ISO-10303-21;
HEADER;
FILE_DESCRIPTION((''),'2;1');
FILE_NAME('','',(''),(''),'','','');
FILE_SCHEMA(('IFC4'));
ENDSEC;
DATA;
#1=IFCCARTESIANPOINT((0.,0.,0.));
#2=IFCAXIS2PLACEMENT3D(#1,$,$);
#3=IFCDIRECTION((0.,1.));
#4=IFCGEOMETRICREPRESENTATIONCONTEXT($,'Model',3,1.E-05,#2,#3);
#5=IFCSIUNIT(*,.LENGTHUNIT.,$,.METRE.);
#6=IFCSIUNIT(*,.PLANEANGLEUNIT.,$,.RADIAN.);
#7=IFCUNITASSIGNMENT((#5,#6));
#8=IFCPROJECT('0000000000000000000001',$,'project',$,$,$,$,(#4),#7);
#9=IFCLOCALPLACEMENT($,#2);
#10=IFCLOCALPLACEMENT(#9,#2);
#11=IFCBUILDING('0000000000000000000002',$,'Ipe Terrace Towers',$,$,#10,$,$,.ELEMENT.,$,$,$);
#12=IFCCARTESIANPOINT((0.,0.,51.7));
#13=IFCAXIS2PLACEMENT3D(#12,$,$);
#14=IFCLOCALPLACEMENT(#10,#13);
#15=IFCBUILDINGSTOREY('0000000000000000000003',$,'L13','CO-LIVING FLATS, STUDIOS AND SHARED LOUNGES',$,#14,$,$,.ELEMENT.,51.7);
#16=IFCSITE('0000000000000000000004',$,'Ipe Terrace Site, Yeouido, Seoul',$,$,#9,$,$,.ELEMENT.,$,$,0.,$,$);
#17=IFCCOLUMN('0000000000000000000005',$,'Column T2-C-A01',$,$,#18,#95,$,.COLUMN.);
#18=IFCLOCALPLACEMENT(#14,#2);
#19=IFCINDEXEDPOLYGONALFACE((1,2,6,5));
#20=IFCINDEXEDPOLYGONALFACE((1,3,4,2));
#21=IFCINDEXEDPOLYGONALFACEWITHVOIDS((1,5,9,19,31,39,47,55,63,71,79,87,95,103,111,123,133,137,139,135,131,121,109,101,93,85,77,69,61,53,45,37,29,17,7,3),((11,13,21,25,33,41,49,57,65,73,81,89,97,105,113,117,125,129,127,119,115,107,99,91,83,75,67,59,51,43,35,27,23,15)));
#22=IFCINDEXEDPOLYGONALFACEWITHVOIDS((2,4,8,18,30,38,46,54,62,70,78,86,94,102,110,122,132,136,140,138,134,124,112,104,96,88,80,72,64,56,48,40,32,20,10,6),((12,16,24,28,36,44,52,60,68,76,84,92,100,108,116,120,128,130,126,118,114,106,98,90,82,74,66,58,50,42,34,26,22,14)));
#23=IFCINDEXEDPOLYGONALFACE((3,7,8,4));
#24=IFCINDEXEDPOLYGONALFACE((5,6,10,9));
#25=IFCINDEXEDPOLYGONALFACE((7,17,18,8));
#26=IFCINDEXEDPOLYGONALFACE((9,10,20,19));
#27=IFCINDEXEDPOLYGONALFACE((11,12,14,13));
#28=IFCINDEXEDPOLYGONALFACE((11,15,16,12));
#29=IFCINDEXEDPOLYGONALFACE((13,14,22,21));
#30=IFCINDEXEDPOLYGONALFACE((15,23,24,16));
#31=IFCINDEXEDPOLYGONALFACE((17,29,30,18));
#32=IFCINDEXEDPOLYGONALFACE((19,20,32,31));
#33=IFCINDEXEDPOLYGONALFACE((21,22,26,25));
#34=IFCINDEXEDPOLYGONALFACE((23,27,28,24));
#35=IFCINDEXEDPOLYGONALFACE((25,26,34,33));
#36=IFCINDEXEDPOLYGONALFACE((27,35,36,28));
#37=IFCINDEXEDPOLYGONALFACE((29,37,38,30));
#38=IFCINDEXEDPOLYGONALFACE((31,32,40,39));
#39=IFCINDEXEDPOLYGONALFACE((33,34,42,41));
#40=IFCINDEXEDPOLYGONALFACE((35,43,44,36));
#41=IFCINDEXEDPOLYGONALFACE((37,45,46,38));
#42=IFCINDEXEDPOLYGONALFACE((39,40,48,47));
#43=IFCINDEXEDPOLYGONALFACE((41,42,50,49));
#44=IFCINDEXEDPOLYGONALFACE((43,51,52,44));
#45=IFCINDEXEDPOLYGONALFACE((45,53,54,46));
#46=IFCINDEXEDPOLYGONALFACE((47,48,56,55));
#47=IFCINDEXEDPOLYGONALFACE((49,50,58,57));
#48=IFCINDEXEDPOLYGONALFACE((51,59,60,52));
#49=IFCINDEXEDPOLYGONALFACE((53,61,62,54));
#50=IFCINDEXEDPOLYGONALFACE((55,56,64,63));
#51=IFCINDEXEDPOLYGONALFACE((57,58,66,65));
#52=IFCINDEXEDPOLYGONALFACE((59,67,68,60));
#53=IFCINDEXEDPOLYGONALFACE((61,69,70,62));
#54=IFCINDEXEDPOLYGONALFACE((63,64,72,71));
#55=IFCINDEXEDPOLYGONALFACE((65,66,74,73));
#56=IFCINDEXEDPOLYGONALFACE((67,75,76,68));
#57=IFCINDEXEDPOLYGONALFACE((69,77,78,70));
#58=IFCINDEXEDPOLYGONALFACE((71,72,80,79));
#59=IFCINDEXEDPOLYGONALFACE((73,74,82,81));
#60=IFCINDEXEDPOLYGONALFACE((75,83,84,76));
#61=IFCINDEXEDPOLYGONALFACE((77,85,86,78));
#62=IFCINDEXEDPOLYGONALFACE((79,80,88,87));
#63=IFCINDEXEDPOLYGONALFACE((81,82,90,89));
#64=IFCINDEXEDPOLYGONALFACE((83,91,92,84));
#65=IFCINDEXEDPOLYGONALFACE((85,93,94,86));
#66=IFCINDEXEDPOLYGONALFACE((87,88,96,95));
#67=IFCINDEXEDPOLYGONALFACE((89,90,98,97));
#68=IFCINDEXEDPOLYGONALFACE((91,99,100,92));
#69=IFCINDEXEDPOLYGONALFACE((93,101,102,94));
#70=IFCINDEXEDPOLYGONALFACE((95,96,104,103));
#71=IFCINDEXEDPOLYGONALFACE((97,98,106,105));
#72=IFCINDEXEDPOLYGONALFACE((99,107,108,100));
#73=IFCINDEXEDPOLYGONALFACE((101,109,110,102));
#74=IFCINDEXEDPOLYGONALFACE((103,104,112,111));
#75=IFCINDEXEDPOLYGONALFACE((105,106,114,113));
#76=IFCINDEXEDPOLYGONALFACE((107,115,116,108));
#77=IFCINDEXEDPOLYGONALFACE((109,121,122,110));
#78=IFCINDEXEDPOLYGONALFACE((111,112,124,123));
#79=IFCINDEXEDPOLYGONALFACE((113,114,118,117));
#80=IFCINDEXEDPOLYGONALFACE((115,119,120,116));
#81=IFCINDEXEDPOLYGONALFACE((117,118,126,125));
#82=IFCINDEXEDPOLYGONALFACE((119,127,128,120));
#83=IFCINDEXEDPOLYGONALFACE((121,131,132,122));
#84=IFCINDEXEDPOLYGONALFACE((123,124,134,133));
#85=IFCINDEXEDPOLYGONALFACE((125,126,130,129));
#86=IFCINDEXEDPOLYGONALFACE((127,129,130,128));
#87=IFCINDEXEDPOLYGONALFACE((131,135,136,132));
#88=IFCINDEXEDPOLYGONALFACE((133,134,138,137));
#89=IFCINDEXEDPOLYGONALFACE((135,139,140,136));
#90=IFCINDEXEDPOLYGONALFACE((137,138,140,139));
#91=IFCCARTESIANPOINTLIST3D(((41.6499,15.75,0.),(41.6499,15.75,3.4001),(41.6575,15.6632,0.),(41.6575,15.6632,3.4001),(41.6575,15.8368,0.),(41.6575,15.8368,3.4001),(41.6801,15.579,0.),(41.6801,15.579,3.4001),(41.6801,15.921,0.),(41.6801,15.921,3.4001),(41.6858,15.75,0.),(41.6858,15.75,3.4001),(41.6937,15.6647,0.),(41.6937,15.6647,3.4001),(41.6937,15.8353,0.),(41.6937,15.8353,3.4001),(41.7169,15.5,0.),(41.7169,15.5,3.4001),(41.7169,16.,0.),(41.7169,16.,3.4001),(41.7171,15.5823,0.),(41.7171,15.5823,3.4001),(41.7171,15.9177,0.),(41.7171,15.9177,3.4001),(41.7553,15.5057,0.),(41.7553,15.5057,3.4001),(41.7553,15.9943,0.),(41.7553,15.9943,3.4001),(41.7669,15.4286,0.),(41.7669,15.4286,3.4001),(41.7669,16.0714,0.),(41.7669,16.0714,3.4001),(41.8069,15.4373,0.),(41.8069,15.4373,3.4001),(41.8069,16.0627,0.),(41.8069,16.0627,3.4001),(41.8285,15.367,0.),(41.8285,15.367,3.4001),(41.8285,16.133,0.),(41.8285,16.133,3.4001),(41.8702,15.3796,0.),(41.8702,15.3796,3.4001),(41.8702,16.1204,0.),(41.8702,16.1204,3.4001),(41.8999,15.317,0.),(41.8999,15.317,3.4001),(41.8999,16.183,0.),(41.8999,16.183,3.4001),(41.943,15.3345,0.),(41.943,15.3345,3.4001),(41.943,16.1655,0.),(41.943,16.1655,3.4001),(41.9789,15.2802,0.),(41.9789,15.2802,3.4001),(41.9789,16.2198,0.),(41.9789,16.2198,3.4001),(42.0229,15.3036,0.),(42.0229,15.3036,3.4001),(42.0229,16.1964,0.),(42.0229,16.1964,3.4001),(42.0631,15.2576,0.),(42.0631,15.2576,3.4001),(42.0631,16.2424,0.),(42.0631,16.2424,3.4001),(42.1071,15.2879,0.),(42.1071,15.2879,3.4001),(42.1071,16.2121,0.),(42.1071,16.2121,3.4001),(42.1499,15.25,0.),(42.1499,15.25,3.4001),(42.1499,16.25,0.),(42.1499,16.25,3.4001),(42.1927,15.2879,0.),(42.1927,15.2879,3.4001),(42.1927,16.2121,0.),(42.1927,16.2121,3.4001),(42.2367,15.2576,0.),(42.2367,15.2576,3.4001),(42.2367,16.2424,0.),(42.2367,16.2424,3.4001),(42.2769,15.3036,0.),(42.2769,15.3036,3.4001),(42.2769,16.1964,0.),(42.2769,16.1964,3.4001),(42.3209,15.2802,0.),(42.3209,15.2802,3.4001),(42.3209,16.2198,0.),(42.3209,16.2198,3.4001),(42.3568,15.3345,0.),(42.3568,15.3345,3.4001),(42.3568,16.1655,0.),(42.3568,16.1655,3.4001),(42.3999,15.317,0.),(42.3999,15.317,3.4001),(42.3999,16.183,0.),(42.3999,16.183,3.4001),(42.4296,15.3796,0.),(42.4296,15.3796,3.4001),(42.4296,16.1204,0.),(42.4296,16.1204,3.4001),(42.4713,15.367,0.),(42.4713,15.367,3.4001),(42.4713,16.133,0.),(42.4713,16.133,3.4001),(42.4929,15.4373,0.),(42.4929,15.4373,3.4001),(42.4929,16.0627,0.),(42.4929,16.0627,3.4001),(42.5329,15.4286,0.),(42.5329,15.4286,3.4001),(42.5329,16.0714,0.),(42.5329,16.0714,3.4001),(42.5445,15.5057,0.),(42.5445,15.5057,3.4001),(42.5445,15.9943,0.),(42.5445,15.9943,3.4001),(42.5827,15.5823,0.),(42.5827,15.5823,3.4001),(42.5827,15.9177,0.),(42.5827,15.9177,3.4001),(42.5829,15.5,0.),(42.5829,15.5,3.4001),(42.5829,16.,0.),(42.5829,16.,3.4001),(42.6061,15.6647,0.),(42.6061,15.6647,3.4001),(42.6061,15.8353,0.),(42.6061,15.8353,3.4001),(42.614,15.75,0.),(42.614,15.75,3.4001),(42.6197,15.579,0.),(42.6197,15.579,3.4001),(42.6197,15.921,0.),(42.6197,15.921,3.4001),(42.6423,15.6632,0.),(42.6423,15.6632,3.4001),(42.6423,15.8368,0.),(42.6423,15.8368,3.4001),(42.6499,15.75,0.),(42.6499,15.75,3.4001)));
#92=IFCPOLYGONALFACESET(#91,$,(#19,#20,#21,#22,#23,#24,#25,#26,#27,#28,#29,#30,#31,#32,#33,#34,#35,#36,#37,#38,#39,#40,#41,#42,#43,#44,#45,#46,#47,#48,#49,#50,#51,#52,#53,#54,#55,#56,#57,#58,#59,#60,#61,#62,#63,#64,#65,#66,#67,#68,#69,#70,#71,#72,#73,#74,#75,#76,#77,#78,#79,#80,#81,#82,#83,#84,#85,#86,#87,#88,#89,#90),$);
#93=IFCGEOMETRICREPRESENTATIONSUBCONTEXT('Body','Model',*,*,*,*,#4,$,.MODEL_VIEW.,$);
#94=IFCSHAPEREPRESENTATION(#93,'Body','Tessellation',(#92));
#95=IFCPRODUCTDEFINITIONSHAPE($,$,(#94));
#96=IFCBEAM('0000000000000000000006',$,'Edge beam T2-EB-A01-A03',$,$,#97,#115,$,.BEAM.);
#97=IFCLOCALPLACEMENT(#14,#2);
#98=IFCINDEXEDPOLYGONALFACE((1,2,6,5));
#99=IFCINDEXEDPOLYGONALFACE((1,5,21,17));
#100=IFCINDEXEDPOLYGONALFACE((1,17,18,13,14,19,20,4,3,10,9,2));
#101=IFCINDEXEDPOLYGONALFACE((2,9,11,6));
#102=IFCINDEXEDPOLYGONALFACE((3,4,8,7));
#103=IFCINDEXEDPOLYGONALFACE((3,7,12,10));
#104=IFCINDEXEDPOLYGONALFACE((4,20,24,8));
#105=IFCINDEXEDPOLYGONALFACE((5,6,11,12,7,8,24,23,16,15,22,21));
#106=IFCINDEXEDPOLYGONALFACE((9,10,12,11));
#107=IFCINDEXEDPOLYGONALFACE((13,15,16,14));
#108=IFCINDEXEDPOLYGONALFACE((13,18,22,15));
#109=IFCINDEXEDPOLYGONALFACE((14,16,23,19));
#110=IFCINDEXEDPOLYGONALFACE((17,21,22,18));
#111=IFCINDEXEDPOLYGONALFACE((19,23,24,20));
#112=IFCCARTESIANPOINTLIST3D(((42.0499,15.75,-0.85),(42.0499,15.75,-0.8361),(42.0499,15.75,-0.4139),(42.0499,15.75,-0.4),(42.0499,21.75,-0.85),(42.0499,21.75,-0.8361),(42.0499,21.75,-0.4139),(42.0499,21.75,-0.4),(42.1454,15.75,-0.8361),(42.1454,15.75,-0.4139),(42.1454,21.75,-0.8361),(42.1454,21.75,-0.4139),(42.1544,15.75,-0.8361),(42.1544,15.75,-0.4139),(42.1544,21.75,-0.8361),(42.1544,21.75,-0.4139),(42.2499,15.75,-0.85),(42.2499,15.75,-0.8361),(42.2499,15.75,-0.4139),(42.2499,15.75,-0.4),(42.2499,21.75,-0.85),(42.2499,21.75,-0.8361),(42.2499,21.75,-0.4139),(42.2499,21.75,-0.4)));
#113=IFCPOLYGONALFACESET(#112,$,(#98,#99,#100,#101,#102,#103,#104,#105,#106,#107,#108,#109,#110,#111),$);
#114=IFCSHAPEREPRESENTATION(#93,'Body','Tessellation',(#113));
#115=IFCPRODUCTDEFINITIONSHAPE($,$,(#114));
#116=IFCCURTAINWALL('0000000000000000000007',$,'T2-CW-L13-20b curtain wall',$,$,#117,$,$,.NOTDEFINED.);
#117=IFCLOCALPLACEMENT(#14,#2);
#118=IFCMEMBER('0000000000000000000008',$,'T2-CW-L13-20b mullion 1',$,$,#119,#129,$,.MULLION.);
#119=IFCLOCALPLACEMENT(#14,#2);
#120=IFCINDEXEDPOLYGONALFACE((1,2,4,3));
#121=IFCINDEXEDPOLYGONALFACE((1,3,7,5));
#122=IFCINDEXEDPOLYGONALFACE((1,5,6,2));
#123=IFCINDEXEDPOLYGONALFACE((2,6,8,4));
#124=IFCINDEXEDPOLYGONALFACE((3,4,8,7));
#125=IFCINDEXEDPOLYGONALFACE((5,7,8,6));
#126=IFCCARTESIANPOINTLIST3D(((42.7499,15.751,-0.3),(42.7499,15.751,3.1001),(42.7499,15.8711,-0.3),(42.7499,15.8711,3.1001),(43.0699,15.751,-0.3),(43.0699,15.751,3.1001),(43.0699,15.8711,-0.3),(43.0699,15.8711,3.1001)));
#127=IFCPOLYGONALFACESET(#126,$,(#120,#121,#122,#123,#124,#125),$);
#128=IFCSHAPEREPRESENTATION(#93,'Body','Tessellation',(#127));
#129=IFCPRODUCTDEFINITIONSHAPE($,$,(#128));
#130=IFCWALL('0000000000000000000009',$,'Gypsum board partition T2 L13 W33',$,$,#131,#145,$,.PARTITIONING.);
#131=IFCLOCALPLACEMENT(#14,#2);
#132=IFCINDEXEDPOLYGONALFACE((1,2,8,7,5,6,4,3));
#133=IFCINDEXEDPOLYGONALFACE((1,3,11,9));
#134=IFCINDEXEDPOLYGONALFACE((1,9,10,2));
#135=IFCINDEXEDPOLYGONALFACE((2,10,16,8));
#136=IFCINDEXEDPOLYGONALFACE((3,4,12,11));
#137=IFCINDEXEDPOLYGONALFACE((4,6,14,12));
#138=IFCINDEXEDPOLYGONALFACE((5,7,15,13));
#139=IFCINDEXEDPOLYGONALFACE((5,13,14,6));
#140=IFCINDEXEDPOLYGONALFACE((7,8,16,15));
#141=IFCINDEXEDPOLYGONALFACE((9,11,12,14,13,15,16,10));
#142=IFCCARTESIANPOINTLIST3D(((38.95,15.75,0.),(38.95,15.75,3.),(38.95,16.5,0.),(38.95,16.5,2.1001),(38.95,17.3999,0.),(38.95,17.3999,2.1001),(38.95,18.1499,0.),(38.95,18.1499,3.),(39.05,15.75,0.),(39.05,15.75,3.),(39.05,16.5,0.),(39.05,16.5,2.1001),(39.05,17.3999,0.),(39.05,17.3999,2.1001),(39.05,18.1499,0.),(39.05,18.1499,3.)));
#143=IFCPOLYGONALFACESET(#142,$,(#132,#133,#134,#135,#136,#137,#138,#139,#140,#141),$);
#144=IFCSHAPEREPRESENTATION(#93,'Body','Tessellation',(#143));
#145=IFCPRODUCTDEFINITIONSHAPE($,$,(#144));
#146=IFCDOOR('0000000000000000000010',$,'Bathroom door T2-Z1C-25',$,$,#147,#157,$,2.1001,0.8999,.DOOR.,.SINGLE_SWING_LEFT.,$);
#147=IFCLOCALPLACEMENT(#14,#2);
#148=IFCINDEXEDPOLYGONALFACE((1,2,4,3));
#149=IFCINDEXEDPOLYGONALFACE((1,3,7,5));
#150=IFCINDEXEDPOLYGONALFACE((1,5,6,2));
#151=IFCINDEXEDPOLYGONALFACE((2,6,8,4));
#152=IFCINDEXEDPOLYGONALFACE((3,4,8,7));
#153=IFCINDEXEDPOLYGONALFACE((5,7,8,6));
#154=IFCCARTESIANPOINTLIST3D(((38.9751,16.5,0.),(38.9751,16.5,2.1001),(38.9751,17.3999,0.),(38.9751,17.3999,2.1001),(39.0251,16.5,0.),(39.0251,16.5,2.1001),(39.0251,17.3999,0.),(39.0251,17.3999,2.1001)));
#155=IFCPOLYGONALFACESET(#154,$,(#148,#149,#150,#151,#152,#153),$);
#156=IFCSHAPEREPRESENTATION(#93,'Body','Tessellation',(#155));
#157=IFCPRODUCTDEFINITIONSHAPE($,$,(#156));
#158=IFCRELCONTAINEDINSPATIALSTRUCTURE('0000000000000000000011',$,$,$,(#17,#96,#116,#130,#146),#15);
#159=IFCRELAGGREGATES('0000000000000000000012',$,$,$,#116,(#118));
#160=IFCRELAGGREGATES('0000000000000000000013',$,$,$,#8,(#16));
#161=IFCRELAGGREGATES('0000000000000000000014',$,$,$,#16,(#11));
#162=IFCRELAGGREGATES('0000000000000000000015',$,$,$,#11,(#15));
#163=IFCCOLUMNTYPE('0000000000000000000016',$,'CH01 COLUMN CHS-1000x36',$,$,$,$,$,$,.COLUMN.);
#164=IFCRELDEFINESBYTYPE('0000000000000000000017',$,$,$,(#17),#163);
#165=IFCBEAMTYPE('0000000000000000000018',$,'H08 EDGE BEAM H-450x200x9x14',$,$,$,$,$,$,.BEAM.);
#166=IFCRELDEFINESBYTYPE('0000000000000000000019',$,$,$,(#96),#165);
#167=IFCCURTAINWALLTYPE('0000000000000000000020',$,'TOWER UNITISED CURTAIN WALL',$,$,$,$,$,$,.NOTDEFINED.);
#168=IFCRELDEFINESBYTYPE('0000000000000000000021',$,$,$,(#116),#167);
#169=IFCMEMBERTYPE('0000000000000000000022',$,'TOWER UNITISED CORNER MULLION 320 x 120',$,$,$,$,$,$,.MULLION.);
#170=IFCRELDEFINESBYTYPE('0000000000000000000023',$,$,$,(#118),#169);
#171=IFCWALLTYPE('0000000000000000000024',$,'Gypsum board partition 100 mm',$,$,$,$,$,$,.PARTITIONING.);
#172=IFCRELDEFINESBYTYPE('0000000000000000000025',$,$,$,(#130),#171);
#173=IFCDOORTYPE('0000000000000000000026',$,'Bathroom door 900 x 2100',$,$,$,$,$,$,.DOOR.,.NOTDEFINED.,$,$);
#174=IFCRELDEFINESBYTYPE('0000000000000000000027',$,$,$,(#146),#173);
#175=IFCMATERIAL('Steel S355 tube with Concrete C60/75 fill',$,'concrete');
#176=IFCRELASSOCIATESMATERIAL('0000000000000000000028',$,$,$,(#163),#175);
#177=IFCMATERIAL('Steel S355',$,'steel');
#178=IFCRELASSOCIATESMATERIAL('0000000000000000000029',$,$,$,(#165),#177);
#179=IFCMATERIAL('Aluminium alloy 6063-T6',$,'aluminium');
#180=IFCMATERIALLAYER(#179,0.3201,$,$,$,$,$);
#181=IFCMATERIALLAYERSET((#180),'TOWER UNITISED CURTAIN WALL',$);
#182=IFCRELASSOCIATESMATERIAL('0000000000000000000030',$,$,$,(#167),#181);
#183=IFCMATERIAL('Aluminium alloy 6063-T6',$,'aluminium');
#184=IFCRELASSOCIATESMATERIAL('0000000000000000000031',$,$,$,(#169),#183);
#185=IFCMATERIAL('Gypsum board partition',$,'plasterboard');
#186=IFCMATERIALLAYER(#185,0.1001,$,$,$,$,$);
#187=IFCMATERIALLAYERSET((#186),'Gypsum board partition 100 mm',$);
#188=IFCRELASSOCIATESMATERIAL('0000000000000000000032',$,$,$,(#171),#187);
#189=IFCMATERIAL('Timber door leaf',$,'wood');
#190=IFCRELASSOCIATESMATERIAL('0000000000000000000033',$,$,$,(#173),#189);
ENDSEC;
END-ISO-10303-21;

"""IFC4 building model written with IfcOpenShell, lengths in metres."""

from ifc_helpers import new_model, si_unit, direction, frame, frame_2d, origin, origin_2d, place, context, subcontext, project, spatial, rectangle, hollow_circle, i_section, extrude, material, layer, layer_set, material_profile, profile_set, type_object, element, fill, aggregate, save


model = new_model("IFC4")

# Units and contexts
model_context = context("Model", 3, precision=1e-05, world=origin(), true_north=direction((0.0, 1.0)))
body_context = subcontext(model_context, "Body", "Model", "MODEL_VIEW")
ifc_project = project(units=[si_unit("LENGTHUNIT", "METRE"), si_unit("PLANEANGLEUNIT", "RADIAN")], contexts=[model_context])

# Site, building, storey
site_placement = place(None, origin())
site = spatial("IfcSite", under=ifc_project, at=site_placement, Name="Ipe Terrace Site, Yeouido, Seoul", CompositionType="ELEMENT", RefElevation=0.0)
building_placement = place(site_placement, origin())
building = spatial("IfcBuilding", under=site, at=building_placement, Name="Ipe Terrace Towers", CompositionType="ELEMENT")
storey_placement = place(building_placement, frame((0.0, 0.0, 51.7)))
storey = spatial("IfcBuildingStorey", under=building, at=storey_placement, Name="L13", Description="CO-LIVING FLATS, STUDIOS AND SHARED LOUNGES", CompositionType="ELEMENT", Elevation=51.7)

# Column
ifc_material_1 = material(Name="Steel S355 tube with Concrete C60/75 fill", Category="concrete")
ifc_material_profile_1 = material_profile(ifc_material_1, hollow_circle(Radius=0.5, WallThickness=0.0359, at=origin_2d()), Name="CHS-1000x36")
ifc_profile_set_1 = profile_set([ifc_material_profile_1], Name="Steel S355 tube with Concrete C60/75 fill")
column_type = type_object("IfcColumnType", Name="CH01 COLUMN CHS-1000x36", PredefinedType="COLUMN", material=ifc_profile_set_1)
column_placement = place(storey_placement, frame((42.1499, 15.75, 0.0), z_axis=(0.0, 0.0, 1.0), x_axis=(1.0, 0.0, 0.0)))
element("IfcColumn", 1, at=column_placement, inside=storey, type_object=column_type, Name="Column T2-C-A01", PredefinedType="COLUMN", context=body_context, shape_type="SweptSolid", body=[
    extrude(hollow_circle(Radius=0.5, WallThickness=0.0359, at=origin_2d()), origin(), (0.0, 0.0, 1.0), 3.4001),
])

# Beam
ifc_material_2 = material(Name="Steel S355", Category="steel")
ifc_material_profile_2 = material_profile(ifc_material_2, i_section(OverallWidth=0.2, OverallDepth=0.45, WebThickness=0.009, FlangeThickness=0.0139, at=origin_2d()), Name="H-450x200x9x14")
ifc_profile_set_2 = profile_set([ifc_material_profile_2], Name="Steel S355")
beam_type = type_object("IfcBeamType", Name="H08 EDGE BEAM H-450x200x9x14", PredefinedType="BEAM", material=ifc_profile_set_2)
beam_placement = place(storey_placement, frame((42.1499, 15.75, -0.625), z_axis=(0.0, 1.0, 0.0), x_axis=(-1.0, 0.0, 0.0)))
element("IfcBeam", 2, at=beam_placement, inside=storey, type_object=beam_type, Name="Edge beam T2-EB-A01-A03", PredefinedType="BEAM", context=body_context, shape_type="SweptSolid", body=[
    extrude(i_section(OverallWidth=0.2, OverallDepth=0.45, WebThickness=0.009, FlangeThickness=0.0139, at=origin_2d()), origin(), (0.0, 0.0, 1.0), 6.0),
])

# Curtain wall, member
ifc_material_3 = material(Name="Aluminium alloy 6063-T6", Category="aluminium")
ifc_layer_1 = layer(ifc_material_3, 0.3201)
ifc_layer_set_1 = layer_set([ifc_layer_1], Name="TOWER UNITISED CURTAIN WALL")
curtain_wall_type = type_object("IfcCurtainWallType", Name="TOWER UNITISED CURTAIN WALL", PredefinedType="NOTDEFINED", material=ifc_layer_set_1)
curtain_wall_placement = place(storey_placement, origin())
curtain_wall = element("IfcCurtainWall", 3, at=curtain_wall_placement, inside=storey, type_object=curtain_wall_type, Name="T2-CW-L13-20b curtain wall", PredefinedType="NOTDEFINED")
ifc_material_4 = material(Name="Aluminium alloy 6063-T6", Category="aluminium")
ifc_material_profile_3 = material_profile(ifc_material_4, rectangle(XDim=0.3201, YDim=0.1201, at=origin_2d()), Name="TOWER UNITISED CORNER MULLION 320 x 120")
ifc_profile_set_3 = profile_set([ifc_material_profile_3], Name="Aluminium alloy 6063-T6")
member_type = type_object("IfcMemberType", Name="TOWER UNITISED CORNER MULLION 320 x 120", PredefinedType="MULLION", material=ifc_profile_set_3)
member_placement = place(storey_placement, frame((42.9099, 15.811, -0.3), z_axis=(0.0, 0.0, 1.0), x_axis=(1.0, 0.0, 0.0)))
member = element("IfcMember", 4, at=member_placement, type_object=member_type, Name="T2-CW-L13-20b mullion 1", PredefinedType="MULLION", context=body_context, shape_type="SweptSolid", body=[
    extrude(rectangle(XDim=0.3201, YDim=0.1201, at=origin_2d()), origin(), (0.0, 0.0, 1.0), 3.4001),
])
aggregate(curtain_wall, [member])

# Wall, opening, door
ifc_material_5 = material(Name="Gypsum board partition", Category="plasterboard")
ifc_layer_2 = layer(ifc_material_5, 0.1001)
ifc_layer_set_2 = layer_set([ifc_layer_2], Name="Gypsum board partition 100 mm")
wall_type_1 = type_object("IfcWallType", Name="Gypsum board partition 100 mm", PredefinedType="PARTITIONING", material=ifc_layer_set_2)
wall_1_placement = place(storey_placement, frame((39.0, 15.75, 0.0), z_axis=(0.0, 0.0, 1.0), x_axis=(0.0, 1.0, 0.0)))
wall_1 = element("IfcWall", 5, at=wall_1_placement, inside=storey, type_object=wall_type_1, Name="Gypsum board partition T2 L13 W33", PredefinedType="PARTITIONING", context=body_context, shape_type="SweptSolid", body=[
    extrude(rectangle(XDim=2.3999, YDim=0.1001, at=frame_2d((1.2, 0.0))), origin(), (0.0, 0.0, 1.0), 3.0),
])
opening_1_placement = place(wall_1_placement, frame((0.75, 0.0, 0.0)))
opening_1 = element("IfcOpeningElement", 6, at=opening_1_placement, cuts=wall_1, PredefinedType="OPENING", context=body_context, shape_type="SweptSolid", body=[
    extrude(rectangle(XDim=0.8999, YDim=2.1001, at=frame_2d((0.45, 1.05))), frame((0.0, 0.0601, 0.0), z_axis=(0.0, -1.0, 0.0), x_axis=(1.0, 0.0, 0.0)), (0.0, 0.0, 1.0), 0.1201),
])
ifc_material_6 = material(Name="Timber door leaf", Category="wood")
door_type_1 = type_object("IfcDoorType", Name="Bathroom door 900 x 2100", OperationType="NOTDEFINED", PredefinedType="DOOR", material=ifc_material_6)
door_1_placement = place(opening_1_placement, origin())
door_1 = element("IfcDoor", 7, at=door_1_placement, inside=storey, type_object=door_type_1, Name="Bathroom door T2-Z1C-25", OperationType="SINGLE_SWING_LEFT", OverallHeight=2.1001, OverallWidth=0.8999, PredefinedType="DOOR", context=body_context, shape_type="SweptSolid", body=[
    extrude(rectangle(XDim=0.8999, YDim=2.1001, at=frame_2d((0.45, 1.05))), frame((0.0, 0.0249, 0.0), z_axis=(0.0, -1.0, 0.0), x_axis=(1.0, 0.0, 0.0)), (0.0, 0.0, 1.0), 0.05),
])
fill(opening_1, door_1)

save(model, "model.ifc")
